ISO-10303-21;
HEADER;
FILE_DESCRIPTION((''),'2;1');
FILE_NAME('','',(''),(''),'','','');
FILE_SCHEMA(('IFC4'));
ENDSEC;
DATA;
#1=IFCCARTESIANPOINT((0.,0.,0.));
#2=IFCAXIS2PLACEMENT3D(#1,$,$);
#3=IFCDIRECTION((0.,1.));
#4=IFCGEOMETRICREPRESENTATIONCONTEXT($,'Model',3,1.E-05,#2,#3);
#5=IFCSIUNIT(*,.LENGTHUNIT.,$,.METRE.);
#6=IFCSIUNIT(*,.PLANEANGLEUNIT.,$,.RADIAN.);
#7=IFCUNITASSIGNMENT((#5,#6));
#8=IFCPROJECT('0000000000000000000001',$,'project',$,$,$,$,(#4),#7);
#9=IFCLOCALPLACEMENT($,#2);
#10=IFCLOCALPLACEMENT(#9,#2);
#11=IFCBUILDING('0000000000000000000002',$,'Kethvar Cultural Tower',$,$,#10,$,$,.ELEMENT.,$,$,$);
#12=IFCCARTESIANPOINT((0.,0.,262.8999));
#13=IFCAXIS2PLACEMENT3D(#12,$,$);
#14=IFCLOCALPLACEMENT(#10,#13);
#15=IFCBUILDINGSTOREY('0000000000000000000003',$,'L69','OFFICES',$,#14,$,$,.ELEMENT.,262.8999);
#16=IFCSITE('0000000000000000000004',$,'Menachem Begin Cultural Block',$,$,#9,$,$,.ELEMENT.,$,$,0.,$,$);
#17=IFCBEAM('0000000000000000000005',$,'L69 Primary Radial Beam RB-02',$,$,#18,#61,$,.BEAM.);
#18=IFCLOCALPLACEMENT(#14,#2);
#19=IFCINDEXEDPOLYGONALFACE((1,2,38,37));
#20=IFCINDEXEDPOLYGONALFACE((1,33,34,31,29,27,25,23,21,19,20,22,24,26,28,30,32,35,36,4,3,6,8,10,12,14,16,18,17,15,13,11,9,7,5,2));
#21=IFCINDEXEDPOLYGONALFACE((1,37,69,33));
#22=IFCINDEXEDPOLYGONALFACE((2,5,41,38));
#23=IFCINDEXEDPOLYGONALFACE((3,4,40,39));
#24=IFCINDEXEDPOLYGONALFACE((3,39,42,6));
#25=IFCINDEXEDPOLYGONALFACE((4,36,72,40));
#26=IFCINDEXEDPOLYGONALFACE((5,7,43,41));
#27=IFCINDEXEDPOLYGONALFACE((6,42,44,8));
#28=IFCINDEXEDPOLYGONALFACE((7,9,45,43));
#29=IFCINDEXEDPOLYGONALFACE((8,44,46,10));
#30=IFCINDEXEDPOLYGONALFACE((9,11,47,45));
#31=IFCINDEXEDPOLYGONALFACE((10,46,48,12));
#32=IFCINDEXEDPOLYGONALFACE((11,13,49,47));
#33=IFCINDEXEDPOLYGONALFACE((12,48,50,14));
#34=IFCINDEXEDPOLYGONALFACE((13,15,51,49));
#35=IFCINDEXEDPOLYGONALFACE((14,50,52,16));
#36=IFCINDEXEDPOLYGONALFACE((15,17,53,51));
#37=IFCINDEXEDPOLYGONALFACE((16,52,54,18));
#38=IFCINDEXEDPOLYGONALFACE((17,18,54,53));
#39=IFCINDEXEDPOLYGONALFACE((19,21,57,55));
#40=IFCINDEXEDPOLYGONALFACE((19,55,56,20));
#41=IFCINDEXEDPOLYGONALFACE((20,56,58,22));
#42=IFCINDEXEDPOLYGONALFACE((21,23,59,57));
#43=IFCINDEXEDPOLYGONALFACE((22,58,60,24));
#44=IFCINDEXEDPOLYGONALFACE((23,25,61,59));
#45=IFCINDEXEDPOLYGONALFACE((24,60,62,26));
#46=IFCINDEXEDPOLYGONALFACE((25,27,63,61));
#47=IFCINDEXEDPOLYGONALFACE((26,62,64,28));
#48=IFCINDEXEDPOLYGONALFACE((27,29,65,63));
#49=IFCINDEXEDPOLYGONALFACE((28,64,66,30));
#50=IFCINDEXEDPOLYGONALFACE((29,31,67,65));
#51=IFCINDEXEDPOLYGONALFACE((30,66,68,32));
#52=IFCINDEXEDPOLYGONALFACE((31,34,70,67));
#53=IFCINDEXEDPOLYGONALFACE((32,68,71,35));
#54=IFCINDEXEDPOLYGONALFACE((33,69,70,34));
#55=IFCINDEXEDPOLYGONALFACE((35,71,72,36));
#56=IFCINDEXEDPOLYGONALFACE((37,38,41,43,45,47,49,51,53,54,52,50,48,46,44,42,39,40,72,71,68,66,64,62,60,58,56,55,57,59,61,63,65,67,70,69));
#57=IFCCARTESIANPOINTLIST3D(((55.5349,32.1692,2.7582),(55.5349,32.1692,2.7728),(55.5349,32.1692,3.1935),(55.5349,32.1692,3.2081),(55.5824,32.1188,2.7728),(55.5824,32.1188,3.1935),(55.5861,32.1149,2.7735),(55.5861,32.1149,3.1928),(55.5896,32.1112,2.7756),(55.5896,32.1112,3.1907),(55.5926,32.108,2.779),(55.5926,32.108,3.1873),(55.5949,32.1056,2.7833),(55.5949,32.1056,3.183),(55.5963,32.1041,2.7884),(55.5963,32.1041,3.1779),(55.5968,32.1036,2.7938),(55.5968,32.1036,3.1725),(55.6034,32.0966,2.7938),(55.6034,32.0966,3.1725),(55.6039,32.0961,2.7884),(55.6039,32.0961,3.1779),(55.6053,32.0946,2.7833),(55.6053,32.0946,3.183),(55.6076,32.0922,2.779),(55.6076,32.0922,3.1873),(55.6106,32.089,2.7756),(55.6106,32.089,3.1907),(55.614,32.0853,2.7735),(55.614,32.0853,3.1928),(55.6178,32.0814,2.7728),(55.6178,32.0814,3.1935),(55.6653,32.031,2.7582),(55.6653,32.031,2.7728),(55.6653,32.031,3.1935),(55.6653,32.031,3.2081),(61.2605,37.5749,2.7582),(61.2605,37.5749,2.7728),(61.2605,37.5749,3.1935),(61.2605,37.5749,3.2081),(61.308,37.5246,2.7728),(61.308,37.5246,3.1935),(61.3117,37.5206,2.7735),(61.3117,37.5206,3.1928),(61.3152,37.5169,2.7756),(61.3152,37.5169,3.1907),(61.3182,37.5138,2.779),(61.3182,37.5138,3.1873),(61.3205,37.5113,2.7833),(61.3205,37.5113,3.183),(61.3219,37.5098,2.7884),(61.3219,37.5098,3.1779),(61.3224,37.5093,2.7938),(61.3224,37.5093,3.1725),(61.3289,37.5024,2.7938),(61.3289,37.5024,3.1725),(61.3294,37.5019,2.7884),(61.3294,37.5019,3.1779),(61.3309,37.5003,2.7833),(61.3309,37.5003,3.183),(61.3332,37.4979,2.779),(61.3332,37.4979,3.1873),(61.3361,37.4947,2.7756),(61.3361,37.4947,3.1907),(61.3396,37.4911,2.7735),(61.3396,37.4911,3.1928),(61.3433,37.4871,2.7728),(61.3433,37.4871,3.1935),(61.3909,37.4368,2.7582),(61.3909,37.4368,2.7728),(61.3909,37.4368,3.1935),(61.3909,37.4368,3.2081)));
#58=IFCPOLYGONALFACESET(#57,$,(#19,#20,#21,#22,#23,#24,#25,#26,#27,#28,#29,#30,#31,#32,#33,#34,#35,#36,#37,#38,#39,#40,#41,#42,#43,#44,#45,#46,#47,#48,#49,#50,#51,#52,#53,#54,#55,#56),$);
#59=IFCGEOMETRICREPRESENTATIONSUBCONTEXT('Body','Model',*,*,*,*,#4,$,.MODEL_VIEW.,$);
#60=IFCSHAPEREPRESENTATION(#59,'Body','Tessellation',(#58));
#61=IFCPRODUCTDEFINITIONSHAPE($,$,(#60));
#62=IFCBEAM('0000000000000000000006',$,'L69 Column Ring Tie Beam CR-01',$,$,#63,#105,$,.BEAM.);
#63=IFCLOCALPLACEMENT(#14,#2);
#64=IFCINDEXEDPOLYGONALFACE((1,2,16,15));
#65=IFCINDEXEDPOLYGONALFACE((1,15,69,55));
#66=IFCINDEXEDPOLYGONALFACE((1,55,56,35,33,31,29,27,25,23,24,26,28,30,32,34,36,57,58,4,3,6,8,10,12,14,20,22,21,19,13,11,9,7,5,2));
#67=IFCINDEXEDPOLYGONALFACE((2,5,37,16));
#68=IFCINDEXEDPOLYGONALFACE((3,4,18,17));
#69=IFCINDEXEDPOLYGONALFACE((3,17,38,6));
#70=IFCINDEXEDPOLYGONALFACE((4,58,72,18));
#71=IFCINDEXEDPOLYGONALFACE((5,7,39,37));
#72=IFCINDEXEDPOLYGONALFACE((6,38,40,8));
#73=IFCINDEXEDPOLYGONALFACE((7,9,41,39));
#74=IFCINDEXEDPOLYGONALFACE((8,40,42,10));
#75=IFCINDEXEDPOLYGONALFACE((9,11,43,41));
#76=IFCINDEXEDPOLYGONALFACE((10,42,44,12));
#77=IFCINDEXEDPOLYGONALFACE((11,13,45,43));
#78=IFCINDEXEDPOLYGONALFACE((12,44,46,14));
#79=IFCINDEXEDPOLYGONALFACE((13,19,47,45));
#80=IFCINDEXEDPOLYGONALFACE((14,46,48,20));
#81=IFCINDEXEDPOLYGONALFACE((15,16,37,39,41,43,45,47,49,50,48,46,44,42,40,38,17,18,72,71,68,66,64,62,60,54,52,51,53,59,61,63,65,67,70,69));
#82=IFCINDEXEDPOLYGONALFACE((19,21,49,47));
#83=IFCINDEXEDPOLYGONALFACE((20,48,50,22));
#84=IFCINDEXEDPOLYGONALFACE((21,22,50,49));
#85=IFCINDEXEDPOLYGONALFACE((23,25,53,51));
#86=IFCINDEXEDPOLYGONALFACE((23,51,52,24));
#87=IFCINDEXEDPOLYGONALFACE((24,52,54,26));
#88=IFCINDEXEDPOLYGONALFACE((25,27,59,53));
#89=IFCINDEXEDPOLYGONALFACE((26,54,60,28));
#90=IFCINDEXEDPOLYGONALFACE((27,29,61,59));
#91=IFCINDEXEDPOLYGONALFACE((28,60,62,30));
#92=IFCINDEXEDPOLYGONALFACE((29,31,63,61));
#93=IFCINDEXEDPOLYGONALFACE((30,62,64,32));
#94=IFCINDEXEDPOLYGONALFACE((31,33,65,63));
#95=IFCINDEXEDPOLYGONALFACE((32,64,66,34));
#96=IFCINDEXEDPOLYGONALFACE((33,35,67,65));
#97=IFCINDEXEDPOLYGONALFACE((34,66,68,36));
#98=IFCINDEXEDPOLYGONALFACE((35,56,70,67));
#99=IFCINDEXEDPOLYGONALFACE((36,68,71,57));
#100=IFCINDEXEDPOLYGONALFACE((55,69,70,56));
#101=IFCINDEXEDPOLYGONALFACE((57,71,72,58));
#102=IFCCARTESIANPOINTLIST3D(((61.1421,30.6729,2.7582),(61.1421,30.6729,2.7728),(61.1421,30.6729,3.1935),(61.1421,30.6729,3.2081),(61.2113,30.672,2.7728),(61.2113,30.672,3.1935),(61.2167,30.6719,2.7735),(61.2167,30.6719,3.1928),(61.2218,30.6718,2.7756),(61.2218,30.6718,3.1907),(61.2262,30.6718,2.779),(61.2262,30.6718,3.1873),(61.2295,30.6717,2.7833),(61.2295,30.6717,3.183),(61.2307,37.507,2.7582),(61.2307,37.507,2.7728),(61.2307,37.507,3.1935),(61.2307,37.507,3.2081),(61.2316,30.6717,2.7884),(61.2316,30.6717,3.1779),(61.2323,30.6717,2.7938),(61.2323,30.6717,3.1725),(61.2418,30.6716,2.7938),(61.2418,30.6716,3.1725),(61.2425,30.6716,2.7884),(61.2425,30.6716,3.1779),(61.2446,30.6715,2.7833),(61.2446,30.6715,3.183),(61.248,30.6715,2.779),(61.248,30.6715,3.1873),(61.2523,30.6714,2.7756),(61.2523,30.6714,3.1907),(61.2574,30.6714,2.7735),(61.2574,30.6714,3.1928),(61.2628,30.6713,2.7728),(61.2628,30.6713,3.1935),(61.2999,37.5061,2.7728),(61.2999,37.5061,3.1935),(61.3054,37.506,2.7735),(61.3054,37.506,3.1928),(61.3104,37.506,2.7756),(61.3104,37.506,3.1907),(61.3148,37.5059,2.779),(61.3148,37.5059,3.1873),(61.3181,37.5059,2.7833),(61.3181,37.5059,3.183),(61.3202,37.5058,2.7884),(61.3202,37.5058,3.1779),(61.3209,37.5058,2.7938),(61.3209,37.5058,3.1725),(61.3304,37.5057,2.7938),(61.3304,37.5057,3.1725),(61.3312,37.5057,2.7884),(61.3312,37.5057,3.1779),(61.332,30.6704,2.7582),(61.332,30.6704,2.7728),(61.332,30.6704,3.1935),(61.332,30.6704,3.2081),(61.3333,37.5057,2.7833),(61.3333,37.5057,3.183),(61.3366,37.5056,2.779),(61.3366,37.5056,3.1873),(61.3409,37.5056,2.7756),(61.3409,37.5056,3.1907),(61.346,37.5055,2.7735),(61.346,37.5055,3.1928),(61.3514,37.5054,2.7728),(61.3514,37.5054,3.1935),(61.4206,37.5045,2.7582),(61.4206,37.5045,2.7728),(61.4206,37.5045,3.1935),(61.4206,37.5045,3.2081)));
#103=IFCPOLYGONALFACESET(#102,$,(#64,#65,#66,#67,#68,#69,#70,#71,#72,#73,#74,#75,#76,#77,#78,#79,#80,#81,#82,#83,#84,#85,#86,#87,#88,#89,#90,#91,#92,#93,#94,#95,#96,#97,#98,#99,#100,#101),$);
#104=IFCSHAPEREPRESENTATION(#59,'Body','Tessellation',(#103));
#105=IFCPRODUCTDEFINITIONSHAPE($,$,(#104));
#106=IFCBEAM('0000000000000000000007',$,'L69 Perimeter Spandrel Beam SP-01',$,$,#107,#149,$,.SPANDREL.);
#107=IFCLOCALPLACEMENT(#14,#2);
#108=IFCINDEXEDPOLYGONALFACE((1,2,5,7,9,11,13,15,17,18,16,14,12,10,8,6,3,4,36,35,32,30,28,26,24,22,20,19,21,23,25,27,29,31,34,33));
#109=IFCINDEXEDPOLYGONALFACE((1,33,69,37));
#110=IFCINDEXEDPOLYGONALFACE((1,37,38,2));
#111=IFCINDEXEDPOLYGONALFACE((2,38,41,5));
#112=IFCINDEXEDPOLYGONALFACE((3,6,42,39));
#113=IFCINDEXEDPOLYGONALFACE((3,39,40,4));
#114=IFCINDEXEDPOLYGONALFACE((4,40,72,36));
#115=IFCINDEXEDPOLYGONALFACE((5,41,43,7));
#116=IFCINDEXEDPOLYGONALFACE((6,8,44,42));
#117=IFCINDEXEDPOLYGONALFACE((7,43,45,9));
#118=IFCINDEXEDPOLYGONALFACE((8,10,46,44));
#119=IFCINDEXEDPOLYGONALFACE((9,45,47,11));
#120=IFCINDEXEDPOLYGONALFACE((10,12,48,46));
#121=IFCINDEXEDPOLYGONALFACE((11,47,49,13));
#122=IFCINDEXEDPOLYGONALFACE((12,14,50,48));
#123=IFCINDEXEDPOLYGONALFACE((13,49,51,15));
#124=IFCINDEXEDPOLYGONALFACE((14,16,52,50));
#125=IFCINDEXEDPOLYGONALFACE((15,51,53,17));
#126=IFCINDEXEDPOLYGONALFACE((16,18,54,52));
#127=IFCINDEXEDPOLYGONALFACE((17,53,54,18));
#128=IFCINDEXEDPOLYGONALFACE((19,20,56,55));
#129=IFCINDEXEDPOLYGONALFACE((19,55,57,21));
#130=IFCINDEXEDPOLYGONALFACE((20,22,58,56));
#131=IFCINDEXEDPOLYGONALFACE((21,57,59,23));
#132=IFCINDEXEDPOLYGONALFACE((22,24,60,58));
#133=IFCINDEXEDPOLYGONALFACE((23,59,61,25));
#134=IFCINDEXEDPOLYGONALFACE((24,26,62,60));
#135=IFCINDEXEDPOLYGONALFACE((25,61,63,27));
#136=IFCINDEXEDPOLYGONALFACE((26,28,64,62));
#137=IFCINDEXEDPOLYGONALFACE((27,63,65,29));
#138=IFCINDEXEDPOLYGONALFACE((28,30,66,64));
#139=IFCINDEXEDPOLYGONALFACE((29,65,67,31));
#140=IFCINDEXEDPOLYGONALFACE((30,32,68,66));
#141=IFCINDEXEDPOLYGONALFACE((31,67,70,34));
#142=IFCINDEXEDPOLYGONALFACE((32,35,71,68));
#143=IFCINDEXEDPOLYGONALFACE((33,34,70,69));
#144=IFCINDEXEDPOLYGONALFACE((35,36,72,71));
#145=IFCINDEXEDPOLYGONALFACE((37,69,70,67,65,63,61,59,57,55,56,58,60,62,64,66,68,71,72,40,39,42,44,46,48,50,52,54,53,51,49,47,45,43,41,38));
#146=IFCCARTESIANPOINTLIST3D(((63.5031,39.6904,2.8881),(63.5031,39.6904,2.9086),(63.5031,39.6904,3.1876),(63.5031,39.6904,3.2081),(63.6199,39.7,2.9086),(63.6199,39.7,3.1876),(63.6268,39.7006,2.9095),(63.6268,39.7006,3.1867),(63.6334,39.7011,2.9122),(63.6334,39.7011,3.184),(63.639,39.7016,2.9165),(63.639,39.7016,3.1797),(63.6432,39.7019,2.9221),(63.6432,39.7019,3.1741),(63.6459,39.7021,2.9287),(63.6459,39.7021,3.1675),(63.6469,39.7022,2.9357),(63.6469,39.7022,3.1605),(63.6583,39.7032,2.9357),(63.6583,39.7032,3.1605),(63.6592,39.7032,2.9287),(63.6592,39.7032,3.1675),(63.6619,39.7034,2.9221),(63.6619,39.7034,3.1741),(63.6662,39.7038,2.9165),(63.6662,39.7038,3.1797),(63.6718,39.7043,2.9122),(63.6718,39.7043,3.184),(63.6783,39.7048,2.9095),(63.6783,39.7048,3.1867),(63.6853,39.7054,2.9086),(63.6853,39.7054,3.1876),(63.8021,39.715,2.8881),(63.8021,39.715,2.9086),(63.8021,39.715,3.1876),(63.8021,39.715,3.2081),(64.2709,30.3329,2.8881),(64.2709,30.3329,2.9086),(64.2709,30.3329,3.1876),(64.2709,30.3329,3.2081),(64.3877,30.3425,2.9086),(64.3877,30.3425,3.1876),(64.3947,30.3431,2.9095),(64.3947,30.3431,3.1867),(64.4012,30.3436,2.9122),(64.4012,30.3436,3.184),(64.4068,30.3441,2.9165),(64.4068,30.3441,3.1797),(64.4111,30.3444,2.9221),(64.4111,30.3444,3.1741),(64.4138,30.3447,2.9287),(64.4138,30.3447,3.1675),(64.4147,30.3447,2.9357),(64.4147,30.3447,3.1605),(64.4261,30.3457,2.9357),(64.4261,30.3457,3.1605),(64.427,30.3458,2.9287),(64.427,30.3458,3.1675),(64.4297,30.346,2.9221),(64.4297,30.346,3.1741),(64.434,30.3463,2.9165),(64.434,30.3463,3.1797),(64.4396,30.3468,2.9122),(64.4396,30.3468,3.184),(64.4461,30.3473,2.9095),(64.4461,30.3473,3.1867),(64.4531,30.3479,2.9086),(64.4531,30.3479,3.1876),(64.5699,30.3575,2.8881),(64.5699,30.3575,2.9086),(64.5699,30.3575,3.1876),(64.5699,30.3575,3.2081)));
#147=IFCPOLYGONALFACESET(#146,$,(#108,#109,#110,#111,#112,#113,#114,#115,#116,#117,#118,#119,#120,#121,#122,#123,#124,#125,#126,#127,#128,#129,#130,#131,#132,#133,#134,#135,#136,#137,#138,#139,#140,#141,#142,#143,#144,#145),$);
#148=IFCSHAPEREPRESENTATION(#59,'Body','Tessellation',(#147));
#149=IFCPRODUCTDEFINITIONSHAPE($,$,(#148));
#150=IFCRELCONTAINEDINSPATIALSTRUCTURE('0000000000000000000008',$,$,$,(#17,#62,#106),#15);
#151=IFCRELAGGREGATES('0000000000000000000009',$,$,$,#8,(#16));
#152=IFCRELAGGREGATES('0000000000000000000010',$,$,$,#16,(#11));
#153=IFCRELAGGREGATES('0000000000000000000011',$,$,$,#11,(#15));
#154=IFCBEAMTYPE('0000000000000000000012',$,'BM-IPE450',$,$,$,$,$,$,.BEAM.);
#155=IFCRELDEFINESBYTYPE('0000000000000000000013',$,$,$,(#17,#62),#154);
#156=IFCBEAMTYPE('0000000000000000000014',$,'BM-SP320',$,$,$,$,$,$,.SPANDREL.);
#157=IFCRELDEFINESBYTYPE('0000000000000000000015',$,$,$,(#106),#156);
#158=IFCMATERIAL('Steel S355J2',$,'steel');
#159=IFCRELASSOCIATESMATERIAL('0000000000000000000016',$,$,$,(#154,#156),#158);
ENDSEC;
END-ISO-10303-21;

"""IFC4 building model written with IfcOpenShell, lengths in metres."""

from ifc_helpers import new_model, si_unit, direction, frame, origin, origin_2d, place, context, subcontext, project, spatial, i_section, extrude, source, transform, mapped, material, material_profile, profile_set, type_object, element, save


model = new_model("IFC4")

# Units and contexts
model_context = context("Model", 3, precision=1e-05, world=origin(), true_north=direction((0.0, 1.0)))
body_context = subcontext(model_context, "Body", "Model", "MODEL_VIEW")
ifc_project = project(units=[si_unit("LENGTHUNIT", "METRE"), si_unit("PLANEANGLEUNIT", "RADIAN")], contexts=[model_context])

# Site, building, storey
site_placement = place(None, origin())
site = spatial("IfcSite", under=ifc_project, at=site_placement, Name="Menachem Begin Cultural Block", CompositionType="ELEMENT", RefElevation=0.0)
building_placement = place(site_placement, origin())
building = spatial("IfcBuilding", under=site, at=building_placement, Name="Kethvar Cultural Tower", CompositionType="ELEMENT")
storey_placement = place(building_placement, frame((0.0, 0.0, 262.8999)))
storey = spatial("IfcBuildingStorey", under=building, at=storey_placement, Name="L69", Description="OFFICES", CompositionType="ELEMENT", Elevation=262.8999)

# Beams
ifc_material_1 = material(Name="Steel S355J2", Category="steel")
ifc_material_profile_1 = material_profile(ifc_material_1, i_section(OverallWidth=0.1899, OverallDepth=0.45, WebThickness=0.0095, FlangeThickness=0.0146, FilletRadius=0.021, at=origin_2d()), Name="Steel S355J2 — IPE450")
ifc_profile_set_1 = profile_set([ifc_material_profile_1], Name="Steel S355J2 — IPE450")
beam_type_1 = type_object("IfcBeamType", Name="BM-IPE450", PredefinedType="BEAM", material=ifc_profile_set_1)
shared_shape_1 = source(origin(), body_context, "Body", "SweptSolid", [
    extrude(i_section(OverallWidth=0.1899, OverallDepth=0.45, WebThickness=0.0095, FlangeThickness=0.0146, FilletRadius=0.021, at=origin_2d()), origin(), (0.0, 0.0, 1.0), 7.8743),
])
beam_1_placement = place(storey_placement, frame((55.6001, 32.1001, 2.9832), z_axis=(0.727123, 0.686507, 0.0), x_axis=(-0.686507, 0.727123, 0.0)))
element("IfcBeam", 1, at=beam_1_placement, inside=storey, type_object=beam_type_1, Name="L69 Primary Radial Beam RB-02", PredefinedType="BEAM", context=body_context, shape_type="MappedRepresentation", body=[
    mapped(shared_shape_1, transform((0.0, 0.0, 0.0), scale=1.0)),
])
shared_shape_2 = source(origin(), body_context, "Body", "SweptSolid", [
    extrude(i_section(OverallWidth=0.1899, OverallDepth=0.45, WebThickness=0.0095, FlangeThickness=0.0146, FilletRadius=0.021, at=origin_2d()), origin(), (0.0, 0.0, 1.0), 6.8347),
])
beam_2_placement = place(storey_placement, frame((61.2371, 30.6716, 2.9832), z_axis=(0.012966, 0.999916, 0.0), x_axis=(-0.999916, 0.012966, 0.0)))
element("IfcBeam", 2, at=beam_2_placement, inside=storey, type_object=beam_type_1, Name="L69 Column Ring Tie Beam CR-01", PredefinedType="BEAM", context=body_context, shape_type="MappedRepresentation", body=[
    mapped(shared_shape_2, transform((0.0, 0.0, 0.0), scale=1.0)),
])
ifc_material_profile_2 = material_profile(ifc_material_1, i_section(OverallWidth=0.3, OverallDepth=0.3201, WebThickness=0.0115, FlangeThickness=0.0205, FilletRadius=0.0271, at=origin_2d()), Name="Steel S355J2 — HEB320")
ifc_profile_set_2 = profile_set([ifc_material_profile_2], Name="Steel S355J2 — HEB320")
beam_type_2 = type_object("IfcBeamType", Name="BM-SP320", PredefinedType="SPANDREL", material=ifc_profile_set_2)
shared_shape_3 = source(origin(), body_context, "Body", "SweptSolid", [
    extrude(i_section(OverallWidth=0.3, OverallDepth=0.3201, WebThickness=0.0115, FlangeThickness=0.0205, FilletRadius=0.0271, at=origin_2d()), origin(), (0.0, 0.0, 1.0), 9.3889),
])
beam_3_placement = place(storey_placement, frame((64.4204, 30.3452, 3.0481), z_axis=(-0.08178, 0.99665, 0.0), x_axis=(-0.99665, -0.08178, 0.0)))
element("IfcBeam", 3, at=beam_3_placement, inside=storey, type_object=beam_type_2, Name="L69 Perimeter Spandrel Beam SP-01", PredefinedType="SPANDREL", context=body_context, shape_type="MappedRepresentation", body=[
    mapped(shared_shape_3, transform((0.0, 0.0, 0.0), scale=1.0)),
])

save(model, "model.ifc")
